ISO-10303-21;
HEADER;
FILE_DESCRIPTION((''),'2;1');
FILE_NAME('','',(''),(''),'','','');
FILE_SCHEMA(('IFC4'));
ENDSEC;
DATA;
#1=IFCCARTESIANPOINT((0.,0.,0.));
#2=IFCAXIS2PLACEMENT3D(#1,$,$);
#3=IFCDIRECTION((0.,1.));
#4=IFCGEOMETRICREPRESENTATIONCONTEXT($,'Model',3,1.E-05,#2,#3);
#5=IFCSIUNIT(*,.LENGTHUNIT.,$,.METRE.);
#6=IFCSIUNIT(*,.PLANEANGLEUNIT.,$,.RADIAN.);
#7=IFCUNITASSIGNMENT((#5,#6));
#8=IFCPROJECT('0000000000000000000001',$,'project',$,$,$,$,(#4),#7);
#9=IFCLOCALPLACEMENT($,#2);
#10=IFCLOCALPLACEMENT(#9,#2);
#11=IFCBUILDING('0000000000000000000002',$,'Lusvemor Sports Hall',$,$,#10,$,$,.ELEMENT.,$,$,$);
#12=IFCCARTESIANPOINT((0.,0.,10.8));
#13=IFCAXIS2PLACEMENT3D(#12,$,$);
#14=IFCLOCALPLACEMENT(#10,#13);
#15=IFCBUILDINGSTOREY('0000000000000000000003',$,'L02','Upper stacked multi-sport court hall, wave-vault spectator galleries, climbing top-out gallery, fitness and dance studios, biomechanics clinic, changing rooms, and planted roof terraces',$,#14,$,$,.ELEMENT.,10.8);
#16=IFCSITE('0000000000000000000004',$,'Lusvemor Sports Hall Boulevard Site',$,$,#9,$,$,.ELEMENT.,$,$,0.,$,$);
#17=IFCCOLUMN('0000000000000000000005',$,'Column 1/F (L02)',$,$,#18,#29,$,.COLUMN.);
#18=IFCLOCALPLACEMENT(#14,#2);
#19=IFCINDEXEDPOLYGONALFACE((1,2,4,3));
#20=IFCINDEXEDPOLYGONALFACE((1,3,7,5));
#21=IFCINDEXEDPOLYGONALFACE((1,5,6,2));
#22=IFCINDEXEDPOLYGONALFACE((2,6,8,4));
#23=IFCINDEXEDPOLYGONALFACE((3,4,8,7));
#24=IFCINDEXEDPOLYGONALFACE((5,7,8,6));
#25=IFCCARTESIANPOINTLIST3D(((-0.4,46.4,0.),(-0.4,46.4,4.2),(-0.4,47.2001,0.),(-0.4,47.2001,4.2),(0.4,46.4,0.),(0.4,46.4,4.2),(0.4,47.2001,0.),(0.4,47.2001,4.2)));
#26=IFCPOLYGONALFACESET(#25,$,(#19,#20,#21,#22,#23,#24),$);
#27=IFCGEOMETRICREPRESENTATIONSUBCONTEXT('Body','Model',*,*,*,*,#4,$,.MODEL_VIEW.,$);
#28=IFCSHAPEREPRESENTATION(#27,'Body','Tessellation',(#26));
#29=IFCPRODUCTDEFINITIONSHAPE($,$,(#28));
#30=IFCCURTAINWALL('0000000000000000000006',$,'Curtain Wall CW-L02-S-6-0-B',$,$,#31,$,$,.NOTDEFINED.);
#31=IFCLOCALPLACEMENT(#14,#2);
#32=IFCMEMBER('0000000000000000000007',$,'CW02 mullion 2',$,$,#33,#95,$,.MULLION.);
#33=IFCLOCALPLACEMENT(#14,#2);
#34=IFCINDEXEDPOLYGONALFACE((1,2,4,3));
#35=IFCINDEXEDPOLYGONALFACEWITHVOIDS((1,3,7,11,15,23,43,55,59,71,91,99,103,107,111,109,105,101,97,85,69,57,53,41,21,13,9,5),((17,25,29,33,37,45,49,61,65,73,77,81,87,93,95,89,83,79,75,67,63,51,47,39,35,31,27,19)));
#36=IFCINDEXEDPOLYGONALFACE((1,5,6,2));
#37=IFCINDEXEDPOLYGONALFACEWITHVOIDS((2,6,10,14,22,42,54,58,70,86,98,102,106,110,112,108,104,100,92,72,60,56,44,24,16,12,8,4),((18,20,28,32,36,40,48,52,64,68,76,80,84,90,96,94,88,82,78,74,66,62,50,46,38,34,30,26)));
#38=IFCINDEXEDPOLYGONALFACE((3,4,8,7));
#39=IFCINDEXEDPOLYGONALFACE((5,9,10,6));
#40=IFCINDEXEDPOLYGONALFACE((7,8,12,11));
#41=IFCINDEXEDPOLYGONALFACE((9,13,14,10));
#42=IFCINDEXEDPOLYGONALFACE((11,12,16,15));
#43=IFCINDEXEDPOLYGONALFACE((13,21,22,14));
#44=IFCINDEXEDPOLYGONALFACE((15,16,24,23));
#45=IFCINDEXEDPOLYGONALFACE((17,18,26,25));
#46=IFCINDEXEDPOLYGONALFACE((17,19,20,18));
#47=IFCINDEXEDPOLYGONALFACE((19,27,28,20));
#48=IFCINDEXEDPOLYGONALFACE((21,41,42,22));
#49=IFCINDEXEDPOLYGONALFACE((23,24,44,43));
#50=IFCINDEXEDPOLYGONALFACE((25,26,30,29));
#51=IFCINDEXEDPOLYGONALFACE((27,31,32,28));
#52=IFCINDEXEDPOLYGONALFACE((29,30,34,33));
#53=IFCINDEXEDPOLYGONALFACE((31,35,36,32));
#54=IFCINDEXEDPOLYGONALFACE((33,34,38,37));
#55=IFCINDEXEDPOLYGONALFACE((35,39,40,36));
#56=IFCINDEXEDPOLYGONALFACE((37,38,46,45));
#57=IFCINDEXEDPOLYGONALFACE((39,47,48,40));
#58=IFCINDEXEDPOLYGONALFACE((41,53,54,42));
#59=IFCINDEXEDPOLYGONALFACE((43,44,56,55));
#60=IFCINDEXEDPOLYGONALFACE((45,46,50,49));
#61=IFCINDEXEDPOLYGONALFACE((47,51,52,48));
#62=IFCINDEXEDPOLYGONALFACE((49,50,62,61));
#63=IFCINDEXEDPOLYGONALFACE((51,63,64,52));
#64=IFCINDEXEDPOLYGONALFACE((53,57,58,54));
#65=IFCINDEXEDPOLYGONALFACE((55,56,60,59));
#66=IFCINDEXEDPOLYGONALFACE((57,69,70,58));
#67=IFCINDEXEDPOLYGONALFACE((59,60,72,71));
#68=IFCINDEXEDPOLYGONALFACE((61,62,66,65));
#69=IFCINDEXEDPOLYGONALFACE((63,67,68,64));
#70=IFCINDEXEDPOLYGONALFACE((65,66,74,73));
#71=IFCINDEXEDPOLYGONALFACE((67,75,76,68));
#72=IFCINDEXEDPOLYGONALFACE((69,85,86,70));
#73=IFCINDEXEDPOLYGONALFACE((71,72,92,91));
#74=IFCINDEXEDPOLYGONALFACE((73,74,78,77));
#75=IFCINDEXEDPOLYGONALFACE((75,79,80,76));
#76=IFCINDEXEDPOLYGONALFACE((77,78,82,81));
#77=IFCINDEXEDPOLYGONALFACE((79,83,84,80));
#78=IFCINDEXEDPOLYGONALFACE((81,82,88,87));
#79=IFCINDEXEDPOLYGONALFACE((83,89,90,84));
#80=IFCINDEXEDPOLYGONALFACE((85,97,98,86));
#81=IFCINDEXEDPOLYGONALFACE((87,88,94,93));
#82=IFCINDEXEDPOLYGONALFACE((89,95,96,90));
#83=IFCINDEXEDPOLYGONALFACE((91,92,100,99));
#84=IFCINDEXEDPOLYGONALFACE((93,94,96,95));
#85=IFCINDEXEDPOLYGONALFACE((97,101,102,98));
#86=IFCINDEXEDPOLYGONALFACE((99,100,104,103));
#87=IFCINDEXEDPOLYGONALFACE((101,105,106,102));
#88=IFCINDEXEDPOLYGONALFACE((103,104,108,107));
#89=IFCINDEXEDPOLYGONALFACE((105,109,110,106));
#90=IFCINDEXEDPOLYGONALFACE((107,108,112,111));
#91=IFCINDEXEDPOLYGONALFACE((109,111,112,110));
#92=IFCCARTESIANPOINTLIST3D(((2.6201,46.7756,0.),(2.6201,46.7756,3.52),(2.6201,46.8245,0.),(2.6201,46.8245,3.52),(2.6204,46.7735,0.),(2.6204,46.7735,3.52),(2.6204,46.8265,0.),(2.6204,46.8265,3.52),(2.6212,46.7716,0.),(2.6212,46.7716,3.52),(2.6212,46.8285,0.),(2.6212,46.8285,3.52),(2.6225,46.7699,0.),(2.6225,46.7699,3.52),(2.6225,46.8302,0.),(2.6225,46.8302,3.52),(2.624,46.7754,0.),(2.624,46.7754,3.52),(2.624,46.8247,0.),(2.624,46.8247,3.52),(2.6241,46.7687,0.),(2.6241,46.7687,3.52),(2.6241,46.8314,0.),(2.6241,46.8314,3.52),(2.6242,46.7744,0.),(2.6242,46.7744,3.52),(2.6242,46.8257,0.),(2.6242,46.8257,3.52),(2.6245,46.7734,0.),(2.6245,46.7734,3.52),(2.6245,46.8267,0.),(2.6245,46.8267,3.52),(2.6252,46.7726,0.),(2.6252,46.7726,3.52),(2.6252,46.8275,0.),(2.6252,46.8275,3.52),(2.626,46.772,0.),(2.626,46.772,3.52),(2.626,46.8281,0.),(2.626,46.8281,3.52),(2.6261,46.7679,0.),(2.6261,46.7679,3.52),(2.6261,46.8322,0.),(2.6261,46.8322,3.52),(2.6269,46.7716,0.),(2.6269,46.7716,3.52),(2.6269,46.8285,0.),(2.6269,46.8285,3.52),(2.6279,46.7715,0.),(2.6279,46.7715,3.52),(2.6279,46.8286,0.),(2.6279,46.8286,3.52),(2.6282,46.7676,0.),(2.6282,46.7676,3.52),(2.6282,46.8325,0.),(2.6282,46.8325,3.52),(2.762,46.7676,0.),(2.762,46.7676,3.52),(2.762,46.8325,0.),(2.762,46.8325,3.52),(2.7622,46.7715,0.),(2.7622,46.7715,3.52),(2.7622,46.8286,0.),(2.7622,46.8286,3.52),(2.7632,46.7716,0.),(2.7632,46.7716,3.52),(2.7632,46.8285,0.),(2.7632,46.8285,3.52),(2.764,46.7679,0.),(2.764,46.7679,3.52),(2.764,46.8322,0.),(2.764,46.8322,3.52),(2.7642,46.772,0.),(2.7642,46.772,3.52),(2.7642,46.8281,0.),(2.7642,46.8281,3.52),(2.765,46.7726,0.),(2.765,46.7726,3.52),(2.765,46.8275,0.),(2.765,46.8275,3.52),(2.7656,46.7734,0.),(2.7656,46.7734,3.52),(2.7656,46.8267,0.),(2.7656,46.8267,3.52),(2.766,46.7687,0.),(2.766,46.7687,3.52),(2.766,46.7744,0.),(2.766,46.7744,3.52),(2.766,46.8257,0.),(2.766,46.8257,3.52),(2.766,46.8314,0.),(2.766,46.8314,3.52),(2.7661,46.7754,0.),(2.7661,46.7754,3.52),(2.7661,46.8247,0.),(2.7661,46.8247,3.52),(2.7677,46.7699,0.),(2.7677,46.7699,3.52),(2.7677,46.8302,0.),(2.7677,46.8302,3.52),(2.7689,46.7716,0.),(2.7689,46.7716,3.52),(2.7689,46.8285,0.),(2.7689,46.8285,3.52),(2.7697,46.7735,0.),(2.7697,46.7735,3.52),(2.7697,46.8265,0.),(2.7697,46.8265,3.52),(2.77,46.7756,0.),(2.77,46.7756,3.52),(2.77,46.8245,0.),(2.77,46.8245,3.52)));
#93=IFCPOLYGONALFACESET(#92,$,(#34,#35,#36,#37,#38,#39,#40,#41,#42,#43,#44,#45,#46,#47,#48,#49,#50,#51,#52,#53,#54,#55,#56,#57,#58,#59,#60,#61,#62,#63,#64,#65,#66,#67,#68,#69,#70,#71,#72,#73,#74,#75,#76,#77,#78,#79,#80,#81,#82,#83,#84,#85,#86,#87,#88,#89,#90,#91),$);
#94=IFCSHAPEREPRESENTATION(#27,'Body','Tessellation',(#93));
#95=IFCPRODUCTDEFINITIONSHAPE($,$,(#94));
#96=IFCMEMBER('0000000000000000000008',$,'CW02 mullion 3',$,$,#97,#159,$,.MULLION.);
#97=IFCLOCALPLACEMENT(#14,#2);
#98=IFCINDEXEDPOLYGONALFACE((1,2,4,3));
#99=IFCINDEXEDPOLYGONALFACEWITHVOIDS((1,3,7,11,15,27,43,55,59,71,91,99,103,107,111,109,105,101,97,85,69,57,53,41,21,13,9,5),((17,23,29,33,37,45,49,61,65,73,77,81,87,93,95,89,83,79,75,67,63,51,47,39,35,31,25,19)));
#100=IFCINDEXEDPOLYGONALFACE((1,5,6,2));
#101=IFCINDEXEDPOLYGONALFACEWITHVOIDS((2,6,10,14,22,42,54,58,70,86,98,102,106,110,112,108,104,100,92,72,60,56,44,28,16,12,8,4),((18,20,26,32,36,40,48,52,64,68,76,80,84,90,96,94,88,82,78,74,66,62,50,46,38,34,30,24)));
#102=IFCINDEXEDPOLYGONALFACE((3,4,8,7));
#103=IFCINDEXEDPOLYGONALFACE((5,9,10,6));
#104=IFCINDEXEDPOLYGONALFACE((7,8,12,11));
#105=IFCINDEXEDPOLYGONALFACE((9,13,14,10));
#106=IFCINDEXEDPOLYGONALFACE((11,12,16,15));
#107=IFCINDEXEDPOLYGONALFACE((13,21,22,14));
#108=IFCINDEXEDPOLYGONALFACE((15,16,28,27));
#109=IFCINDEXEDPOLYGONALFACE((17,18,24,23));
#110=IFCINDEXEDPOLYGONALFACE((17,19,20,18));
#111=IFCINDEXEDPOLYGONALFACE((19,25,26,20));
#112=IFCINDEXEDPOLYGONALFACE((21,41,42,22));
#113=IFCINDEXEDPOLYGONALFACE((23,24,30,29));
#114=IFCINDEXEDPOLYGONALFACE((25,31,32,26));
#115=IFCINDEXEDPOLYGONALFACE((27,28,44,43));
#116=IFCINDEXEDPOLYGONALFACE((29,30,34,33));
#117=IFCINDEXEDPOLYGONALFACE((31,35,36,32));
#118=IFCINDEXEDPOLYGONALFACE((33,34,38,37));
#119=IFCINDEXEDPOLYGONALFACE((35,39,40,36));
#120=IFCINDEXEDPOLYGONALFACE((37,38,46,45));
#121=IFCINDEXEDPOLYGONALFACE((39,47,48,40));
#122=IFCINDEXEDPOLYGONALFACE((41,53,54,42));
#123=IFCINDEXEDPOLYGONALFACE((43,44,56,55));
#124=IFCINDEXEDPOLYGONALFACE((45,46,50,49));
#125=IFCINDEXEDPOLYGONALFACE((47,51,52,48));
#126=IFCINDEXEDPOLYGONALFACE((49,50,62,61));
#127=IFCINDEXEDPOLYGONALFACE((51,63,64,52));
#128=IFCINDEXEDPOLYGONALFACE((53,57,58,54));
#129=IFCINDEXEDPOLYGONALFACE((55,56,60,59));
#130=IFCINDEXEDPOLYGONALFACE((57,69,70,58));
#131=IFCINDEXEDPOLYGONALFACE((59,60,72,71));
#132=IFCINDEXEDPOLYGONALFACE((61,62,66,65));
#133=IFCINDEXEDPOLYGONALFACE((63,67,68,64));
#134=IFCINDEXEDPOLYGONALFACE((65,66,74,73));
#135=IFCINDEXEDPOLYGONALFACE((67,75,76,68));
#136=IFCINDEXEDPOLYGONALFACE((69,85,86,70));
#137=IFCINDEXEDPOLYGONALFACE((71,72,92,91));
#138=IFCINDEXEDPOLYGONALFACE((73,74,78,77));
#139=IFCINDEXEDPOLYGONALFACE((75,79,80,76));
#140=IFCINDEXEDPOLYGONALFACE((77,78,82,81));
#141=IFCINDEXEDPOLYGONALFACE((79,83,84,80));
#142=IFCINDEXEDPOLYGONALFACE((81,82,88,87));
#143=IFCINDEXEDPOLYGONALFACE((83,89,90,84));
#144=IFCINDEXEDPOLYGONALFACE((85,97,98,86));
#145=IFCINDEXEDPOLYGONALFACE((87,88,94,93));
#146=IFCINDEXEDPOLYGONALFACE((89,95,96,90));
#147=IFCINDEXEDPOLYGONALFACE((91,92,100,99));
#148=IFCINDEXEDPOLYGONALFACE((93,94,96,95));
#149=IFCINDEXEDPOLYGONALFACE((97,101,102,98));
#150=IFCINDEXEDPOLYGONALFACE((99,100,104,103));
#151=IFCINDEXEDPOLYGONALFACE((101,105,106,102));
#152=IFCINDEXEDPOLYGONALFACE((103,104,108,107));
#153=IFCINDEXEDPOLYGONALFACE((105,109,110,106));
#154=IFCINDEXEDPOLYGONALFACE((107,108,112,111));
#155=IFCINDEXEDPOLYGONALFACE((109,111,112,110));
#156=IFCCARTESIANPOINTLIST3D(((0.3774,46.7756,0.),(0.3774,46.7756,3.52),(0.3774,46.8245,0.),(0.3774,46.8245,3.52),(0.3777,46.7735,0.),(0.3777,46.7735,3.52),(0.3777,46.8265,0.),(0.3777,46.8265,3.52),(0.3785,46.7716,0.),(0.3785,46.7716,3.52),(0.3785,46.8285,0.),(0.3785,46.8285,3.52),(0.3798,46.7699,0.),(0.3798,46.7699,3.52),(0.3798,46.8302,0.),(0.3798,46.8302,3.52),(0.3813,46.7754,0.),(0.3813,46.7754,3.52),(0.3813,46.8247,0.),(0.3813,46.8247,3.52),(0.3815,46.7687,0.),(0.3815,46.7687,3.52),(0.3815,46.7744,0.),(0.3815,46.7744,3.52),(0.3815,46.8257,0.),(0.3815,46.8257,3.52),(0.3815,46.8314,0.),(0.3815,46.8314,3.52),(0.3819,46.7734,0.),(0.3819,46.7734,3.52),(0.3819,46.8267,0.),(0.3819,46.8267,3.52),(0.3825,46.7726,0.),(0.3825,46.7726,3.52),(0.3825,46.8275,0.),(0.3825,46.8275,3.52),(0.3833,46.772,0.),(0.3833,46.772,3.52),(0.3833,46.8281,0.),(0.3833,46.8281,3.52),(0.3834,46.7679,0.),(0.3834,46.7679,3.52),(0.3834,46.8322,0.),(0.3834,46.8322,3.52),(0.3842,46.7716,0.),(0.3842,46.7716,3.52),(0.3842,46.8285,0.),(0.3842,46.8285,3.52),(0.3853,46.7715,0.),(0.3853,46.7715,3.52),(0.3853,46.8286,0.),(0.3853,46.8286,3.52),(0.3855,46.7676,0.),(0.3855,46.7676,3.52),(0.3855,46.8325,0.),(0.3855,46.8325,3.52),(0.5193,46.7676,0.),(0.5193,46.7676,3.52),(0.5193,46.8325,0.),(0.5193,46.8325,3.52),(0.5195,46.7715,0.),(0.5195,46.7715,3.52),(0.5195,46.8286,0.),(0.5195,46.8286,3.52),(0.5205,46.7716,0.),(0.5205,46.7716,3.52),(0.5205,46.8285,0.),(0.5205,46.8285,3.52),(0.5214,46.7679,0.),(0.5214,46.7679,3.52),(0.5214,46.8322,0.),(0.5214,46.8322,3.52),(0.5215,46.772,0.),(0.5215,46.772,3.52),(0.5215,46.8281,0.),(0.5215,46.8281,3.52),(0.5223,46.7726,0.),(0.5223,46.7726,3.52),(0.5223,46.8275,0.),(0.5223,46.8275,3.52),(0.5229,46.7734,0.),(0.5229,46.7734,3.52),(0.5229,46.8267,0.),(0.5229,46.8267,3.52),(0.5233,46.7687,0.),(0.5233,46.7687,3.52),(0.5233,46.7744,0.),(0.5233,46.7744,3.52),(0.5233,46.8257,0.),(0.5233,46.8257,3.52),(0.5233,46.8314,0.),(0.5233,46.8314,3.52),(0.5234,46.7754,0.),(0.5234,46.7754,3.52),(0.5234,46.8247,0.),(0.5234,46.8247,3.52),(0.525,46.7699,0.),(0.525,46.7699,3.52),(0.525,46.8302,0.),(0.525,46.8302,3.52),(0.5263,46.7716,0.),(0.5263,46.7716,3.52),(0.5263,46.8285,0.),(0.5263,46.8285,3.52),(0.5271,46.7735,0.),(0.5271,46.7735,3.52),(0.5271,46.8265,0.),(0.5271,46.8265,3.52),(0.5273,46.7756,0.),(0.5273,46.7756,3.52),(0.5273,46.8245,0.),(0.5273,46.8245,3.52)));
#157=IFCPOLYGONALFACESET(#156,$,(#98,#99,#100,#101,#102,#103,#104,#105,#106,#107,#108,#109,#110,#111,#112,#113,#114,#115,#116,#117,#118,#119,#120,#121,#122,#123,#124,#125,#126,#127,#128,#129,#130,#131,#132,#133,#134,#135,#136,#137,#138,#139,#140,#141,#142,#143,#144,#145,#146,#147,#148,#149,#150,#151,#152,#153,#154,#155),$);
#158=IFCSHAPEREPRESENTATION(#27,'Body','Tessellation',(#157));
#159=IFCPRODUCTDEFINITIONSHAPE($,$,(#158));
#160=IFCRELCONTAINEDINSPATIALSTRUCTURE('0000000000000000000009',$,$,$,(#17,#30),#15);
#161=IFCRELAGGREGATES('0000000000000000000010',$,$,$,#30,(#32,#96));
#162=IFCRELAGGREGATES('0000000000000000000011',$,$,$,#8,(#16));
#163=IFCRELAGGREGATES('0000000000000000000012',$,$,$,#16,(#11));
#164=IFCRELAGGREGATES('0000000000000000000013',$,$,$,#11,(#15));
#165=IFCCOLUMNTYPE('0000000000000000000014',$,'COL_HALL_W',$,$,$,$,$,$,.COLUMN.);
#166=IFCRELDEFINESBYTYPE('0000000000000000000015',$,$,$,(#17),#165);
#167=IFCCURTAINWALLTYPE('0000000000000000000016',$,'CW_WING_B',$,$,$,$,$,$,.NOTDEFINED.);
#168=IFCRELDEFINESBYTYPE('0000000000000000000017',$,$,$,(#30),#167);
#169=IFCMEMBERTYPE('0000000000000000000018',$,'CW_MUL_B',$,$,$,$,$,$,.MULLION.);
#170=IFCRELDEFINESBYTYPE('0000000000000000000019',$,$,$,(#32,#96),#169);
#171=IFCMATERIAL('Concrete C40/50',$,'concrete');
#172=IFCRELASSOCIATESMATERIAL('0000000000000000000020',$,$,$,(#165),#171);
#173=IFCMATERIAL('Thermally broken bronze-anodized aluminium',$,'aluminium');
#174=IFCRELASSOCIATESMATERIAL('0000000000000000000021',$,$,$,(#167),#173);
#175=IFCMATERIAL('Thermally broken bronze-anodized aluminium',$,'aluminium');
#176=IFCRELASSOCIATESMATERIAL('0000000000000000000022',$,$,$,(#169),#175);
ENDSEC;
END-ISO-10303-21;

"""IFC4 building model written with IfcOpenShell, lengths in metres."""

from ifc_helpers import new_model, si_unit, direction, frame, origin, origin_2d, place, context, subcontext, project, spatial, rectangle, hollow_rectangle, extrude, material, material_profile, profile_set, type_object, element, aggregate, save


model = new_model("IFC4")

# Units and contexts
model_context = context("Model", 3, precision=1e-05, world=origin(), true_north=direction((0.0, 1.0)))
body_context = subcontext(model_context, "Body", "Model", "MODEL_VIEW")
ifc_project = project(units=[si_unit("LENGTHUNIT", "METRE"), si_unit("PLANEANGLEUNIT", "RADIAN")], contexts=[model_context])

# Site, building, storey
site_placement = place(None, origin())
site = spatial("IfcSite", under=ifc_project, at=site_placement, Name="Lusvemor Sports Hall Boulevard Site", CompositionType="ELEMENT", RefElevation=0.0)
building_placement = place(site_placement, origin())
building = spatial("IfcBuilding", under=site, at=building_placement, Name="Lusvemor Sports Hall", CompositionType="ELEMENT")
storey_placement = place(building_placement, frame((0.0, 0.0, 10.8)))
storey = spatial("IfcBuildingStorey", under=building, at=storey_placement, Name="L02", Description="Upper stacked multi-sport court hall, wave-vault spectator galleries, climbing top-out gallery, fitness and dance studios, biomechanics clinic, changing rooms, and planted roof terraces", CompositionType="ELEMENT", Elevation=10.8)

# Column
ifc_material_1 = material(Name="Concrete C40/50", Category="concrete")
ifc_material_profile_1 = material_profile(ifc_material_1, rectangle(XDim=0.8, YDim=0.8, at=origin_2d()), Name="RC800x800")
ifc_profile_set_1 = profile_set([ifc_material_profile_1], Name="Concrete C40/50")
column_type = type_object("IfcColumnType", Name="COL_HALL_W", PredefinedType="COLUMN", material=ifc_profile_set_1)
column_placement = place(storey_placement, frame((0.0, 46.8, 0.0), z_axis=(0.0, 0.0, 1.0), x_axis=(1.0, 0.0, 0.0)))
element("IfcColumn", 1, at=column_placement, inside=storey, type_object=column_type, Name="Column 1/F (L02)", PredefinedType="COLUMN", context=body_context, shape_type="SweptSolid", body=[
    extrude(rectangle(XDim=0.8, YDim=0.8, at=origin_2d()), origin(), (0.0, 0.0, 1.0), 4.2),
])

# Curtain wall, members
ifc_material_2 = material(Name="Thermally broken bronze-anodized aluminium", Category="aluminium")
curtain_wall_type = type_object("IfcCurtainWallType", Name="CW_WING_B", PredefinedType="NOTDEFINED", material=ifc_material_2)
curtain_wall_placement = place(storey_placement, origin())
curtain_wall = element("IfcCurtainWall", 2, at=curtain_wall_placement, inside=storey, type_object=curtain_wall_type, Name="Curtain Wall CW-L02-S-6-0-B", PredefinedType="NOTDEFINED")
ifc_material_3 = material(Name="Thermally broken bronze-anodized aluminium", Category="aluminium")
ifc_material_profile_2 = material_profile(ifc_material_3, hollow_rectangle(XDim=0.0649, YDim=0.1499, WallThickness=0.0039, InnerFilletRadius=0.0039, OuterFilletRadius=0.0081, at=origin_2d()), Name="CWMUL150x65x4")
ifc_profile_set_2 = profile_set([ifc_material_profile_2], Name="Thermally broken bronze-anodized aluminium")
member_type_1 = type_object("IfcMemberType", Name="CW_MUL_B", PredefinedType="MULLION", material=ifc_profile_set_2)
member_1_placement = place(storey_placement, frame((2.6951, 46.8, 0.0), z_axis=(0.0, 0.0, 1.0), x_axis=(0.0, -1.0, 0.0)))
member_1 = element("IfcMember", 3, at=member_1_placement, type_object=member_type_1, Name="CW02 mullion 2", PredefinedType="MULLION", context=body_context, shape_type="SweptSolid", body=[
    extrude(hollow_rectangle(XDim=0.0649, YDim=0.1499, WallThickness=0.0039, InnerFilletRadius=0.0039, OuterFilletRadius=0.0081, at=origin_2d()), origin(), (0.0, 0.0, 1.0), 3.52),
])
member_2_placement = place(storey_placement, frame((0.4524, 46.8, 0.0), z_axis=(0.0, 0.0, 1.0), x_axis=(0.0, -1.0, 0.0)))
member_2 = element("IfcMember", 4, at=member_2_placement, type_object=member_type_1, Name="CW02 mullion 3", PredefinedType="MULLION", context=body_context, shape_type="SweptSolid", body=[
    extrude(hollow_rectangle(XDim=0.0649, YDim=0.1499, WallThickness=0.0039, InnerFilletRadius=0.0039, OuterFilletRadius=0.0081, at=origin_2d()), origin(), (0.0, 0.0, 1.0), 3.52),
])

aggregate(curtain_wall, [member_1, member_2])

save(model, "model.ifc")
